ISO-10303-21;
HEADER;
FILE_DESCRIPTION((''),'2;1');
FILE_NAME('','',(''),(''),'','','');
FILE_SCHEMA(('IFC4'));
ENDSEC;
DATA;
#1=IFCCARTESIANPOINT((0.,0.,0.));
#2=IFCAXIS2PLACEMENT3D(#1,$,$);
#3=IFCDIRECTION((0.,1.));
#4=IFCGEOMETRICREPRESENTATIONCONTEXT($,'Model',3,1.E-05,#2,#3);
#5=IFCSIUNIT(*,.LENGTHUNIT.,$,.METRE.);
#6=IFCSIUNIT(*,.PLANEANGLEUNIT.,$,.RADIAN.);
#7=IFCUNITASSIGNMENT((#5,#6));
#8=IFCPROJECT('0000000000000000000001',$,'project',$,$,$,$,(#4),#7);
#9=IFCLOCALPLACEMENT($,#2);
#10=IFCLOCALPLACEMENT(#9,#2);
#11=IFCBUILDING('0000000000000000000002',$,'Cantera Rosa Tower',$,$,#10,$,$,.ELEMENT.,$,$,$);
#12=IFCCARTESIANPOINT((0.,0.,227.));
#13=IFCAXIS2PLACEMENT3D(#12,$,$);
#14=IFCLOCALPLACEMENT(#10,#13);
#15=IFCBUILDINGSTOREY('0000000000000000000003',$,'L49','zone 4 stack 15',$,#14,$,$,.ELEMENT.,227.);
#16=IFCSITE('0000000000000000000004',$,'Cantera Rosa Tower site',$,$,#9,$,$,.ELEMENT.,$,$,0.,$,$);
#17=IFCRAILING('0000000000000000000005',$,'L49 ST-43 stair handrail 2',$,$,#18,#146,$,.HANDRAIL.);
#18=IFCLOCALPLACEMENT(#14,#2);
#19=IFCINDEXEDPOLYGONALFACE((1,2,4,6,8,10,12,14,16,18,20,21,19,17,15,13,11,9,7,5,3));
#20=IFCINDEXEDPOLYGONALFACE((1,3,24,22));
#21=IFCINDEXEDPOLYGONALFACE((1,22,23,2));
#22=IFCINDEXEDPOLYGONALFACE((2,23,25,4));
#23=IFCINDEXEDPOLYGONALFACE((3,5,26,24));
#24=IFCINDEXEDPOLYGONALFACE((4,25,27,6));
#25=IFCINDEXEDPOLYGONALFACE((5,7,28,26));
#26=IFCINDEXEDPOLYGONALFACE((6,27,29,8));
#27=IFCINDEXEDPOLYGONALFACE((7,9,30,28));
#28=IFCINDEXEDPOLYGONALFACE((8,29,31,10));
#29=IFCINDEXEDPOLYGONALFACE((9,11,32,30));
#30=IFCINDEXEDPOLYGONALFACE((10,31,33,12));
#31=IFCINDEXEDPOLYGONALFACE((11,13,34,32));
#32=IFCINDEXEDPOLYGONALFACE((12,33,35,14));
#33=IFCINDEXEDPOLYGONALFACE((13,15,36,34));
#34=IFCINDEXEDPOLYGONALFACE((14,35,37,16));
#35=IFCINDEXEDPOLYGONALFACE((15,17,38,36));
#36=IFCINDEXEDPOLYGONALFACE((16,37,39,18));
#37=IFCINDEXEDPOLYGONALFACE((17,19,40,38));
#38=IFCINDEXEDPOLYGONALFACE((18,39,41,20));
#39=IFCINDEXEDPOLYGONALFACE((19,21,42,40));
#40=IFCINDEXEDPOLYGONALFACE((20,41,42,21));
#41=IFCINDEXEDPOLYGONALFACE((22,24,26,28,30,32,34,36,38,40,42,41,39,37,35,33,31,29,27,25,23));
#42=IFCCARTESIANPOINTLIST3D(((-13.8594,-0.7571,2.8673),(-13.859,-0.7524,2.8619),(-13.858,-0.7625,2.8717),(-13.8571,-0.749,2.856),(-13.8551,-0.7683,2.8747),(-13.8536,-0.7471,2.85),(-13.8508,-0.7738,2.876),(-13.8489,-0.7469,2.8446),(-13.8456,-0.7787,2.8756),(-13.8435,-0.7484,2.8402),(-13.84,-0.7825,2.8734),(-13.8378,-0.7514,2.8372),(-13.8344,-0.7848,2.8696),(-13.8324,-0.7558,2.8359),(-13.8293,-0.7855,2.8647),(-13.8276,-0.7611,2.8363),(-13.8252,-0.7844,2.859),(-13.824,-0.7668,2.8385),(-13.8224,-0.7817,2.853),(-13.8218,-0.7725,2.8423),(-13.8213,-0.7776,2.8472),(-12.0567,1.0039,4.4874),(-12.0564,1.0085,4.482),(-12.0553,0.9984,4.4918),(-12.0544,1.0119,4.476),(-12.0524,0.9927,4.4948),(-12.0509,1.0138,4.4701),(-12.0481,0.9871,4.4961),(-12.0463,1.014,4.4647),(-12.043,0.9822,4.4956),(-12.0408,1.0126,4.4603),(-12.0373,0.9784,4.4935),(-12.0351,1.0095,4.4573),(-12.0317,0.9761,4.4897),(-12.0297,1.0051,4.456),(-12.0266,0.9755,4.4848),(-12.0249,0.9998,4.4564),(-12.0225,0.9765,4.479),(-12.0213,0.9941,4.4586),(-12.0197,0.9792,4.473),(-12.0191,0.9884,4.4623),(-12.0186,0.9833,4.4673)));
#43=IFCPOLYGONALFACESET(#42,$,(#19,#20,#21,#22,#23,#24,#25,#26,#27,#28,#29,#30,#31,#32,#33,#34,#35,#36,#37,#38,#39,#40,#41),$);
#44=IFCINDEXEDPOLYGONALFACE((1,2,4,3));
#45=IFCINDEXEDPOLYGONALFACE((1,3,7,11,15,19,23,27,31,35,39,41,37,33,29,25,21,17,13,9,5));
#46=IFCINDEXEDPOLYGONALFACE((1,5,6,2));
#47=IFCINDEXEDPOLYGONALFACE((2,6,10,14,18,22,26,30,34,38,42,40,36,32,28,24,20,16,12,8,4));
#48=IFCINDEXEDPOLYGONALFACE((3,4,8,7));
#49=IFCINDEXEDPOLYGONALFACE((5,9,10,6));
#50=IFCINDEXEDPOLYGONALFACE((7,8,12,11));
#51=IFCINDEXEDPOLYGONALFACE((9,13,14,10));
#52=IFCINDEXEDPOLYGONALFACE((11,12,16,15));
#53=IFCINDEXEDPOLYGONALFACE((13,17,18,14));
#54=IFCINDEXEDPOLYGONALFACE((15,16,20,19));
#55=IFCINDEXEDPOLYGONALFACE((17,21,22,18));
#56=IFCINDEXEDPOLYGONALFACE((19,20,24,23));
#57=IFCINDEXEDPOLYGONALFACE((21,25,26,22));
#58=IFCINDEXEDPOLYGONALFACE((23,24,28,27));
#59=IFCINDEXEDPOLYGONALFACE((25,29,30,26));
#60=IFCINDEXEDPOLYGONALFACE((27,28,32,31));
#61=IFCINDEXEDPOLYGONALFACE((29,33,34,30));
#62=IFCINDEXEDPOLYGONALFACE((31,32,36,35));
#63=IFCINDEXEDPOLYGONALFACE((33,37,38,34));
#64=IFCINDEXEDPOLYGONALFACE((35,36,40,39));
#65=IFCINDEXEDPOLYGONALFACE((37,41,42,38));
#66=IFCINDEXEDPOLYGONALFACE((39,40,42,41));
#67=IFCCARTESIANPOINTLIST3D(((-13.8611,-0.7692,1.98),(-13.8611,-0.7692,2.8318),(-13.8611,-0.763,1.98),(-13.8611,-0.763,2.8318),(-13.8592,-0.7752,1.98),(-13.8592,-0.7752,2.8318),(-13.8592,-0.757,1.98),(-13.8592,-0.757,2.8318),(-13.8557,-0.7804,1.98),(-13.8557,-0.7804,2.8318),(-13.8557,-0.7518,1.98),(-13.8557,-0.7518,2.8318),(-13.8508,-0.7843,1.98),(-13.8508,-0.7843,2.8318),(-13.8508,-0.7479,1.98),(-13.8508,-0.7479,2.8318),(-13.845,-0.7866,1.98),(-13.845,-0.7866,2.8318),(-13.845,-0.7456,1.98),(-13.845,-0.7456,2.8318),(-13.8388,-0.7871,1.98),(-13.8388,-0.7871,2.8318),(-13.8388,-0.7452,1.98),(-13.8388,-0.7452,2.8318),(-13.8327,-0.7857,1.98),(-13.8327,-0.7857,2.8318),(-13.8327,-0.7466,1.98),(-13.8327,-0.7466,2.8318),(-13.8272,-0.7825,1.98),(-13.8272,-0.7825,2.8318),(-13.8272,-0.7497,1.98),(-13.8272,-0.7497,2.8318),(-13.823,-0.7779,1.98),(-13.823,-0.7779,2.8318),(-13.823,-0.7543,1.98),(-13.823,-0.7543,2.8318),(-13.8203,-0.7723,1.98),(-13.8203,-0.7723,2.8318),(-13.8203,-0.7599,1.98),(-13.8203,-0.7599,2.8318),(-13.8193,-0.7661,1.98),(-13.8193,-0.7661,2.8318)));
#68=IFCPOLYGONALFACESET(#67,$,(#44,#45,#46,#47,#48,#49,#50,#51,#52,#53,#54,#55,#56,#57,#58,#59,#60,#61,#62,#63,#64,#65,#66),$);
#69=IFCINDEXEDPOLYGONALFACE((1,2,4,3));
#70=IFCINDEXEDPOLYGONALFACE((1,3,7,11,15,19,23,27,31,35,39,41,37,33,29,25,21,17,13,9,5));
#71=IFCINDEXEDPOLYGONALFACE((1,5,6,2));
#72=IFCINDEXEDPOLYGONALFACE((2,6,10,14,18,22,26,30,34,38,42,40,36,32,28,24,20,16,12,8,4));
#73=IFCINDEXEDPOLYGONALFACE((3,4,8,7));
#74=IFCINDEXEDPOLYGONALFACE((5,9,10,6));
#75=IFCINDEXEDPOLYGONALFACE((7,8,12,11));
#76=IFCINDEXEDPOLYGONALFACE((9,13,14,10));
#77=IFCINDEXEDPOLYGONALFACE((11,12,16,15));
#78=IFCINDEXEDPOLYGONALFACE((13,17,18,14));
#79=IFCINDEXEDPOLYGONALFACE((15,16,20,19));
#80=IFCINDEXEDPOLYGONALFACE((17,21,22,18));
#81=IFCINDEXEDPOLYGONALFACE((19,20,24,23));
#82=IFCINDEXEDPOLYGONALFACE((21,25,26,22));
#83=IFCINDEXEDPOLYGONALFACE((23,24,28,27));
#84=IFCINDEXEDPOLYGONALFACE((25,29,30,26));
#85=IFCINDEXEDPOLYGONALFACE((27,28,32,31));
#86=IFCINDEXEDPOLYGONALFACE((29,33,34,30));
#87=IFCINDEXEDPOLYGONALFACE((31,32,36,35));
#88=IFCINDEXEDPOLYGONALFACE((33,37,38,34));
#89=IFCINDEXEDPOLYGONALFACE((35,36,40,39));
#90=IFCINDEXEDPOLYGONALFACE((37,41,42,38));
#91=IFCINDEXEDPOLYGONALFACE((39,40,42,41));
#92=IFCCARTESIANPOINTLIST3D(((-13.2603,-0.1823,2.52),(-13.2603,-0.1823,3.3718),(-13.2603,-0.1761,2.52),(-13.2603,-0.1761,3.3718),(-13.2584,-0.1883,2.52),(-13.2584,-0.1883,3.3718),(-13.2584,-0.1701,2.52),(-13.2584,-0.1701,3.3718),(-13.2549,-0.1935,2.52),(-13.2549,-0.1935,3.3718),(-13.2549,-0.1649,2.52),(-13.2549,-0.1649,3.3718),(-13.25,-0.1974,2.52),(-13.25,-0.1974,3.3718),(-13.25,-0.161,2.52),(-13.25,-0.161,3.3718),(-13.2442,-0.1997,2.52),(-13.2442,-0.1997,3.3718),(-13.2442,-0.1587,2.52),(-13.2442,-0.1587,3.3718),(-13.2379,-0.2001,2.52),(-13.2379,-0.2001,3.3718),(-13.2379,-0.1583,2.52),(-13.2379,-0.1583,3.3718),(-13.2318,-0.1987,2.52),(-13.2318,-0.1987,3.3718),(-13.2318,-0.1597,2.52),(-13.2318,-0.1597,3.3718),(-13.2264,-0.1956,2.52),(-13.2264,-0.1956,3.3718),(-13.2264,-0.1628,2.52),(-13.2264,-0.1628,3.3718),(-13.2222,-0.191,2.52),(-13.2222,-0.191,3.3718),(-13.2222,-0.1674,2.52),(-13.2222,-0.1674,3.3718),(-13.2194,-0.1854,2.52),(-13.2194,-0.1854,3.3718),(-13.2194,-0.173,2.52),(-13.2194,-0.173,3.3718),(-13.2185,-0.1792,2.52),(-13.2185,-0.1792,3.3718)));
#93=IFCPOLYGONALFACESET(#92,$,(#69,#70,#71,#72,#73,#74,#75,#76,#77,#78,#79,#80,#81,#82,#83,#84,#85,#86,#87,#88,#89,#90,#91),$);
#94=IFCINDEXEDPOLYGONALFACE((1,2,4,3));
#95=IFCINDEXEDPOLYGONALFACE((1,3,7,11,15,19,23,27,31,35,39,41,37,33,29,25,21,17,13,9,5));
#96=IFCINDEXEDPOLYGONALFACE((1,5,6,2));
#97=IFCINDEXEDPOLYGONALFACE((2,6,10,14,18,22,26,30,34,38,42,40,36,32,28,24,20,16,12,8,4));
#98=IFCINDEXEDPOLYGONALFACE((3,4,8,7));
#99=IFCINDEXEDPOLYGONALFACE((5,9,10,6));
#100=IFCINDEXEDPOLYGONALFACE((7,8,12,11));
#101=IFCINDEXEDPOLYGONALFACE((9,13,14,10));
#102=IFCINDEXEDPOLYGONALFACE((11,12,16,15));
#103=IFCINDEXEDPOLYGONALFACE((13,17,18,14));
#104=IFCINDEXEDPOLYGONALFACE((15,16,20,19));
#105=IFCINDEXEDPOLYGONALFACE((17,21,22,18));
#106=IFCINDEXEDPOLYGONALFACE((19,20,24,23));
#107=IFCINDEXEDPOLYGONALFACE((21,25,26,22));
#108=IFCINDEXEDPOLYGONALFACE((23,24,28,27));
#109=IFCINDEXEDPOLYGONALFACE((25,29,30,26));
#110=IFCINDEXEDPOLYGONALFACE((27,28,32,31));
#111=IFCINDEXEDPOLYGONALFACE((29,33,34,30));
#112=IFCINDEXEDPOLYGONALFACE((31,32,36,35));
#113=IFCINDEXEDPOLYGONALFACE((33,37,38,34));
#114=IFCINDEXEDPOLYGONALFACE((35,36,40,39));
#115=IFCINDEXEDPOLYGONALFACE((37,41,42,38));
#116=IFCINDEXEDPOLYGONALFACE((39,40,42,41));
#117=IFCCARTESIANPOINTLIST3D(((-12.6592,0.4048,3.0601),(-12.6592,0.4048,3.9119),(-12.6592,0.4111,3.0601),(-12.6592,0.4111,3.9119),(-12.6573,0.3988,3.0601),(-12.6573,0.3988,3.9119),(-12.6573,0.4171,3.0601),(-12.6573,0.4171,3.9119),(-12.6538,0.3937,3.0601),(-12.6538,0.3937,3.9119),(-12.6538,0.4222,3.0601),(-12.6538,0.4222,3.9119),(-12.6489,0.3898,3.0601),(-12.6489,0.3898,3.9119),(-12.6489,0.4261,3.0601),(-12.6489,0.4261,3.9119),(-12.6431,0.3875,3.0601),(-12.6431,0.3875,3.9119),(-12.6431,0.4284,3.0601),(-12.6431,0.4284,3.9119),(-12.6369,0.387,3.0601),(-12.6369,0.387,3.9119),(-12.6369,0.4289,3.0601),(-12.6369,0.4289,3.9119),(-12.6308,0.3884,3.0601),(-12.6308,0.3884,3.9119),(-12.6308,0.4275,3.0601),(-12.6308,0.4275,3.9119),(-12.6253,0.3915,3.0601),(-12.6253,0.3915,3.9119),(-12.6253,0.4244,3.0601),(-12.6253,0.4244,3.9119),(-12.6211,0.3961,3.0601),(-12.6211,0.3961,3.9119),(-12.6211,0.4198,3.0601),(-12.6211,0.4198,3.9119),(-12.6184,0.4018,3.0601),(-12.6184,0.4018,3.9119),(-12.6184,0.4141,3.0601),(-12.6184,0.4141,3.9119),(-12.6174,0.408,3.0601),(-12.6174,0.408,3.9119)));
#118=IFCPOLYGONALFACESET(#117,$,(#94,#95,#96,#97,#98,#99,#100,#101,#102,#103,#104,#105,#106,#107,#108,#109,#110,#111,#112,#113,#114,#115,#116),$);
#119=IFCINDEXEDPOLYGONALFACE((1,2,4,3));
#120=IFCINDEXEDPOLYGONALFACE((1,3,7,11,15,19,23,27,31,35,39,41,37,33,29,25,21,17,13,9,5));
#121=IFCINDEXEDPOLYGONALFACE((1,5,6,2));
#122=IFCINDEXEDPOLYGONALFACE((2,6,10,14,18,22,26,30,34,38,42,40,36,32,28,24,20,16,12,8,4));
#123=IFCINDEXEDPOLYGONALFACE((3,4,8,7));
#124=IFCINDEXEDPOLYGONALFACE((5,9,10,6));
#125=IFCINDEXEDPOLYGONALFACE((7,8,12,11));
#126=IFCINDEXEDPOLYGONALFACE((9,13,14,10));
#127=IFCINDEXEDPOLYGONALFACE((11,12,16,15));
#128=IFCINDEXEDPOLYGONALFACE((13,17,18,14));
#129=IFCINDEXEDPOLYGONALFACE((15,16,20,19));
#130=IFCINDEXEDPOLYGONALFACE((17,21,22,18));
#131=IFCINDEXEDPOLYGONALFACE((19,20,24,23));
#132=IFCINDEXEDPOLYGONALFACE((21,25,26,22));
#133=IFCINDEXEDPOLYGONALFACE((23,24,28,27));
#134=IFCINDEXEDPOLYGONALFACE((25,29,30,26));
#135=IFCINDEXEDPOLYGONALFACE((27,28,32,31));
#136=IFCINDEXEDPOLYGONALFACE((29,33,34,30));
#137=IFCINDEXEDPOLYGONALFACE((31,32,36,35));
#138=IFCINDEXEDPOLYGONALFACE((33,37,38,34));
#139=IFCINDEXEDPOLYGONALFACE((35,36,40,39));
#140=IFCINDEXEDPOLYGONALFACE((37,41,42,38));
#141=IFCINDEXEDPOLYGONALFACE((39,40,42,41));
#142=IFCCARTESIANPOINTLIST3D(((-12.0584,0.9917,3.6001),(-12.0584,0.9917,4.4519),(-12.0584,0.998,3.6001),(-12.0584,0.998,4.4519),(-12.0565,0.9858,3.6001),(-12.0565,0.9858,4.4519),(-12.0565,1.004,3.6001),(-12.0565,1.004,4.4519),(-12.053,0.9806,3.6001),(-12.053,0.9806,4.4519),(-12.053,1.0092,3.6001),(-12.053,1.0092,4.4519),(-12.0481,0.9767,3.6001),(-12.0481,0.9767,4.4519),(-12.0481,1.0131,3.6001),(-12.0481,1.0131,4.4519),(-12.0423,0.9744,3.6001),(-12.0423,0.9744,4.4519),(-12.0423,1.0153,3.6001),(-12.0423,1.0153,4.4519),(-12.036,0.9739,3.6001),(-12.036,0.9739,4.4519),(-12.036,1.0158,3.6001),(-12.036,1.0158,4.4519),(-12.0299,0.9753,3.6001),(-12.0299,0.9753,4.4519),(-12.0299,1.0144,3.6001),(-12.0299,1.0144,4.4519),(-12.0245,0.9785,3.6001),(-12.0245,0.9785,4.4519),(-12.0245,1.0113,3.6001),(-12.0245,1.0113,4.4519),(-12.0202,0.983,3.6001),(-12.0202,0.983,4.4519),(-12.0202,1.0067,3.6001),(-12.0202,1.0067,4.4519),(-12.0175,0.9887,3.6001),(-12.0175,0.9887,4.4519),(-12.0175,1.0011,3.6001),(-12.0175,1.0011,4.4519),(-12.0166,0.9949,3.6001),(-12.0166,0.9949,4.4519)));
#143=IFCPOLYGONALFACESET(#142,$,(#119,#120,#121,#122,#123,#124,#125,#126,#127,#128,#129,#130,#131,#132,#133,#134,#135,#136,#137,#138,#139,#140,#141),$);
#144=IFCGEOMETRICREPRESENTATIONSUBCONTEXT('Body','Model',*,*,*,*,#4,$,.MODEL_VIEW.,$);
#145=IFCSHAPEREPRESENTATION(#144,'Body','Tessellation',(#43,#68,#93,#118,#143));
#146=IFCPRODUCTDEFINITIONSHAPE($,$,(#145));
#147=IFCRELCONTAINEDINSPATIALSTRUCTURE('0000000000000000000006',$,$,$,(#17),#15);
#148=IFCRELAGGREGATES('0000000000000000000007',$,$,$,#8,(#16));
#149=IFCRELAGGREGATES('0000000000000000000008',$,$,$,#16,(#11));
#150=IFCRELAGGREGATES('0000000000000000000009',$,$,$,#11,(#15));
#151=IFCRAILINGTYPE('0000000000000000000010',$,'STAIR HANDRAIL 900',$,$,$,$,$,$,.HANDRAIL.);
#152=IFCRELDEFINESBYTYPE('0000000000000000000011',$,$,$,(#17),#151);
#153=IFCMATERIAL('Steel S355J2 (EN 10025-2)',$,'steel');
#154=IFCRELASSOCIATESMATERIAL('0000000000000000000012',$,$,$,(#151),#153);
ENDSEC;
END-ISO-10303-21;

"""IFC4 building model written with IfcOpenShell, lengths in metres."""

from ifc_helpers import new_model, si_unit, direction, frame, origin, origin_2d, place, context, subcontext, project, spatial, circle, extrude, material, type_object, element, save


model = new_model("IFC4")

# Units and contexts
model_context = context("Model", 3, precision=1e-05, world=origin(), true_north=direction((0.0, 1.0)))
body_context = subcontext(model_context, "Body", "Model", "MODEL_VIEW")
ifc_project = project(units=[si_unit("LENGTHUNIT", "METRE"), si_unit("PLANEANGLEUNIT", "RADIAN")], contexts=[model_context])

# Site, building, storey
site_placement = place(None, origin())
site = spatial("IfcSite", under=ifc_project, at=site_placement, Name="Cantera Rosa Tower site", CompositionType="ELEMENT", RefElevation=0.0)
building_placement = place(site_placement, origin())
building = spatial("IfcBuilding", under=site, at=building_placement, Name="Cantera Rosa Tower", CompositionType="ELEMENT")
storey_placement = place(building_placement, frame((0.0, 0.0, 227.0)))
storey = spatial("IfcBuildingStorey", under=building, at=storey_placement, Name="L49", Description="zone 4 stack 15", CompositionType="ELEMENT", Elevation=227.0)

# Railing
ifc_material_1 = material(Name="Steel S355J2 (EN 10025-2)", Category="steel")
railing_type_1 = type_object("IfcRailingType", Name="STAIR HANDRAIL 900", PredefinedType="HANDRAIL", material=ifc_material_1)
railing_1_placement = place(storey_placement, frame((-13.8403, -0.7661, 1.98)))
element("IfcRailing", 1, at=railing_1_placement, inside=storey, type_object=railing_type_1, Name="L49 ST-43 stair handrail 2", PredefinedType="HANDRAIL", context=body_context, shape_type="SweptSolid", body=[
    extrude(circle(Radius=0.0239, at=origin_2d()), frame((0.0, 0.0, 0.876), z_axis=(0.601724, 0.587789, 0.540769), x_axis=(-0.698775, 0.715341, 0.0)), (0.0, 0.0, 1.0), 2.9958),
    extrude(circle(Radius=0.021, at=origin_2d()), origin(), (0.0, 0.0, 1.0), 0.8518),
    extrude(circle(Radius=0.021, at=origin_2d()), frame((0.6008, 0.5869, 0.54)), (0.0, 0.0, 1.0), 0.8518),
    extrude(circle(Radius=0.021, at=origin_2d()), frame((1.2019, 1.1741, 1.0801)), (0.0, 0.0, 1.0), 0.8518),
    extrude(circle(Radius=0.021, at=origin_2d()), frame((1.8027, 1.761, 1.6201)), (0.0, 0.0, 1.0), 0.8518),
])

save(model, "model.ifc")
